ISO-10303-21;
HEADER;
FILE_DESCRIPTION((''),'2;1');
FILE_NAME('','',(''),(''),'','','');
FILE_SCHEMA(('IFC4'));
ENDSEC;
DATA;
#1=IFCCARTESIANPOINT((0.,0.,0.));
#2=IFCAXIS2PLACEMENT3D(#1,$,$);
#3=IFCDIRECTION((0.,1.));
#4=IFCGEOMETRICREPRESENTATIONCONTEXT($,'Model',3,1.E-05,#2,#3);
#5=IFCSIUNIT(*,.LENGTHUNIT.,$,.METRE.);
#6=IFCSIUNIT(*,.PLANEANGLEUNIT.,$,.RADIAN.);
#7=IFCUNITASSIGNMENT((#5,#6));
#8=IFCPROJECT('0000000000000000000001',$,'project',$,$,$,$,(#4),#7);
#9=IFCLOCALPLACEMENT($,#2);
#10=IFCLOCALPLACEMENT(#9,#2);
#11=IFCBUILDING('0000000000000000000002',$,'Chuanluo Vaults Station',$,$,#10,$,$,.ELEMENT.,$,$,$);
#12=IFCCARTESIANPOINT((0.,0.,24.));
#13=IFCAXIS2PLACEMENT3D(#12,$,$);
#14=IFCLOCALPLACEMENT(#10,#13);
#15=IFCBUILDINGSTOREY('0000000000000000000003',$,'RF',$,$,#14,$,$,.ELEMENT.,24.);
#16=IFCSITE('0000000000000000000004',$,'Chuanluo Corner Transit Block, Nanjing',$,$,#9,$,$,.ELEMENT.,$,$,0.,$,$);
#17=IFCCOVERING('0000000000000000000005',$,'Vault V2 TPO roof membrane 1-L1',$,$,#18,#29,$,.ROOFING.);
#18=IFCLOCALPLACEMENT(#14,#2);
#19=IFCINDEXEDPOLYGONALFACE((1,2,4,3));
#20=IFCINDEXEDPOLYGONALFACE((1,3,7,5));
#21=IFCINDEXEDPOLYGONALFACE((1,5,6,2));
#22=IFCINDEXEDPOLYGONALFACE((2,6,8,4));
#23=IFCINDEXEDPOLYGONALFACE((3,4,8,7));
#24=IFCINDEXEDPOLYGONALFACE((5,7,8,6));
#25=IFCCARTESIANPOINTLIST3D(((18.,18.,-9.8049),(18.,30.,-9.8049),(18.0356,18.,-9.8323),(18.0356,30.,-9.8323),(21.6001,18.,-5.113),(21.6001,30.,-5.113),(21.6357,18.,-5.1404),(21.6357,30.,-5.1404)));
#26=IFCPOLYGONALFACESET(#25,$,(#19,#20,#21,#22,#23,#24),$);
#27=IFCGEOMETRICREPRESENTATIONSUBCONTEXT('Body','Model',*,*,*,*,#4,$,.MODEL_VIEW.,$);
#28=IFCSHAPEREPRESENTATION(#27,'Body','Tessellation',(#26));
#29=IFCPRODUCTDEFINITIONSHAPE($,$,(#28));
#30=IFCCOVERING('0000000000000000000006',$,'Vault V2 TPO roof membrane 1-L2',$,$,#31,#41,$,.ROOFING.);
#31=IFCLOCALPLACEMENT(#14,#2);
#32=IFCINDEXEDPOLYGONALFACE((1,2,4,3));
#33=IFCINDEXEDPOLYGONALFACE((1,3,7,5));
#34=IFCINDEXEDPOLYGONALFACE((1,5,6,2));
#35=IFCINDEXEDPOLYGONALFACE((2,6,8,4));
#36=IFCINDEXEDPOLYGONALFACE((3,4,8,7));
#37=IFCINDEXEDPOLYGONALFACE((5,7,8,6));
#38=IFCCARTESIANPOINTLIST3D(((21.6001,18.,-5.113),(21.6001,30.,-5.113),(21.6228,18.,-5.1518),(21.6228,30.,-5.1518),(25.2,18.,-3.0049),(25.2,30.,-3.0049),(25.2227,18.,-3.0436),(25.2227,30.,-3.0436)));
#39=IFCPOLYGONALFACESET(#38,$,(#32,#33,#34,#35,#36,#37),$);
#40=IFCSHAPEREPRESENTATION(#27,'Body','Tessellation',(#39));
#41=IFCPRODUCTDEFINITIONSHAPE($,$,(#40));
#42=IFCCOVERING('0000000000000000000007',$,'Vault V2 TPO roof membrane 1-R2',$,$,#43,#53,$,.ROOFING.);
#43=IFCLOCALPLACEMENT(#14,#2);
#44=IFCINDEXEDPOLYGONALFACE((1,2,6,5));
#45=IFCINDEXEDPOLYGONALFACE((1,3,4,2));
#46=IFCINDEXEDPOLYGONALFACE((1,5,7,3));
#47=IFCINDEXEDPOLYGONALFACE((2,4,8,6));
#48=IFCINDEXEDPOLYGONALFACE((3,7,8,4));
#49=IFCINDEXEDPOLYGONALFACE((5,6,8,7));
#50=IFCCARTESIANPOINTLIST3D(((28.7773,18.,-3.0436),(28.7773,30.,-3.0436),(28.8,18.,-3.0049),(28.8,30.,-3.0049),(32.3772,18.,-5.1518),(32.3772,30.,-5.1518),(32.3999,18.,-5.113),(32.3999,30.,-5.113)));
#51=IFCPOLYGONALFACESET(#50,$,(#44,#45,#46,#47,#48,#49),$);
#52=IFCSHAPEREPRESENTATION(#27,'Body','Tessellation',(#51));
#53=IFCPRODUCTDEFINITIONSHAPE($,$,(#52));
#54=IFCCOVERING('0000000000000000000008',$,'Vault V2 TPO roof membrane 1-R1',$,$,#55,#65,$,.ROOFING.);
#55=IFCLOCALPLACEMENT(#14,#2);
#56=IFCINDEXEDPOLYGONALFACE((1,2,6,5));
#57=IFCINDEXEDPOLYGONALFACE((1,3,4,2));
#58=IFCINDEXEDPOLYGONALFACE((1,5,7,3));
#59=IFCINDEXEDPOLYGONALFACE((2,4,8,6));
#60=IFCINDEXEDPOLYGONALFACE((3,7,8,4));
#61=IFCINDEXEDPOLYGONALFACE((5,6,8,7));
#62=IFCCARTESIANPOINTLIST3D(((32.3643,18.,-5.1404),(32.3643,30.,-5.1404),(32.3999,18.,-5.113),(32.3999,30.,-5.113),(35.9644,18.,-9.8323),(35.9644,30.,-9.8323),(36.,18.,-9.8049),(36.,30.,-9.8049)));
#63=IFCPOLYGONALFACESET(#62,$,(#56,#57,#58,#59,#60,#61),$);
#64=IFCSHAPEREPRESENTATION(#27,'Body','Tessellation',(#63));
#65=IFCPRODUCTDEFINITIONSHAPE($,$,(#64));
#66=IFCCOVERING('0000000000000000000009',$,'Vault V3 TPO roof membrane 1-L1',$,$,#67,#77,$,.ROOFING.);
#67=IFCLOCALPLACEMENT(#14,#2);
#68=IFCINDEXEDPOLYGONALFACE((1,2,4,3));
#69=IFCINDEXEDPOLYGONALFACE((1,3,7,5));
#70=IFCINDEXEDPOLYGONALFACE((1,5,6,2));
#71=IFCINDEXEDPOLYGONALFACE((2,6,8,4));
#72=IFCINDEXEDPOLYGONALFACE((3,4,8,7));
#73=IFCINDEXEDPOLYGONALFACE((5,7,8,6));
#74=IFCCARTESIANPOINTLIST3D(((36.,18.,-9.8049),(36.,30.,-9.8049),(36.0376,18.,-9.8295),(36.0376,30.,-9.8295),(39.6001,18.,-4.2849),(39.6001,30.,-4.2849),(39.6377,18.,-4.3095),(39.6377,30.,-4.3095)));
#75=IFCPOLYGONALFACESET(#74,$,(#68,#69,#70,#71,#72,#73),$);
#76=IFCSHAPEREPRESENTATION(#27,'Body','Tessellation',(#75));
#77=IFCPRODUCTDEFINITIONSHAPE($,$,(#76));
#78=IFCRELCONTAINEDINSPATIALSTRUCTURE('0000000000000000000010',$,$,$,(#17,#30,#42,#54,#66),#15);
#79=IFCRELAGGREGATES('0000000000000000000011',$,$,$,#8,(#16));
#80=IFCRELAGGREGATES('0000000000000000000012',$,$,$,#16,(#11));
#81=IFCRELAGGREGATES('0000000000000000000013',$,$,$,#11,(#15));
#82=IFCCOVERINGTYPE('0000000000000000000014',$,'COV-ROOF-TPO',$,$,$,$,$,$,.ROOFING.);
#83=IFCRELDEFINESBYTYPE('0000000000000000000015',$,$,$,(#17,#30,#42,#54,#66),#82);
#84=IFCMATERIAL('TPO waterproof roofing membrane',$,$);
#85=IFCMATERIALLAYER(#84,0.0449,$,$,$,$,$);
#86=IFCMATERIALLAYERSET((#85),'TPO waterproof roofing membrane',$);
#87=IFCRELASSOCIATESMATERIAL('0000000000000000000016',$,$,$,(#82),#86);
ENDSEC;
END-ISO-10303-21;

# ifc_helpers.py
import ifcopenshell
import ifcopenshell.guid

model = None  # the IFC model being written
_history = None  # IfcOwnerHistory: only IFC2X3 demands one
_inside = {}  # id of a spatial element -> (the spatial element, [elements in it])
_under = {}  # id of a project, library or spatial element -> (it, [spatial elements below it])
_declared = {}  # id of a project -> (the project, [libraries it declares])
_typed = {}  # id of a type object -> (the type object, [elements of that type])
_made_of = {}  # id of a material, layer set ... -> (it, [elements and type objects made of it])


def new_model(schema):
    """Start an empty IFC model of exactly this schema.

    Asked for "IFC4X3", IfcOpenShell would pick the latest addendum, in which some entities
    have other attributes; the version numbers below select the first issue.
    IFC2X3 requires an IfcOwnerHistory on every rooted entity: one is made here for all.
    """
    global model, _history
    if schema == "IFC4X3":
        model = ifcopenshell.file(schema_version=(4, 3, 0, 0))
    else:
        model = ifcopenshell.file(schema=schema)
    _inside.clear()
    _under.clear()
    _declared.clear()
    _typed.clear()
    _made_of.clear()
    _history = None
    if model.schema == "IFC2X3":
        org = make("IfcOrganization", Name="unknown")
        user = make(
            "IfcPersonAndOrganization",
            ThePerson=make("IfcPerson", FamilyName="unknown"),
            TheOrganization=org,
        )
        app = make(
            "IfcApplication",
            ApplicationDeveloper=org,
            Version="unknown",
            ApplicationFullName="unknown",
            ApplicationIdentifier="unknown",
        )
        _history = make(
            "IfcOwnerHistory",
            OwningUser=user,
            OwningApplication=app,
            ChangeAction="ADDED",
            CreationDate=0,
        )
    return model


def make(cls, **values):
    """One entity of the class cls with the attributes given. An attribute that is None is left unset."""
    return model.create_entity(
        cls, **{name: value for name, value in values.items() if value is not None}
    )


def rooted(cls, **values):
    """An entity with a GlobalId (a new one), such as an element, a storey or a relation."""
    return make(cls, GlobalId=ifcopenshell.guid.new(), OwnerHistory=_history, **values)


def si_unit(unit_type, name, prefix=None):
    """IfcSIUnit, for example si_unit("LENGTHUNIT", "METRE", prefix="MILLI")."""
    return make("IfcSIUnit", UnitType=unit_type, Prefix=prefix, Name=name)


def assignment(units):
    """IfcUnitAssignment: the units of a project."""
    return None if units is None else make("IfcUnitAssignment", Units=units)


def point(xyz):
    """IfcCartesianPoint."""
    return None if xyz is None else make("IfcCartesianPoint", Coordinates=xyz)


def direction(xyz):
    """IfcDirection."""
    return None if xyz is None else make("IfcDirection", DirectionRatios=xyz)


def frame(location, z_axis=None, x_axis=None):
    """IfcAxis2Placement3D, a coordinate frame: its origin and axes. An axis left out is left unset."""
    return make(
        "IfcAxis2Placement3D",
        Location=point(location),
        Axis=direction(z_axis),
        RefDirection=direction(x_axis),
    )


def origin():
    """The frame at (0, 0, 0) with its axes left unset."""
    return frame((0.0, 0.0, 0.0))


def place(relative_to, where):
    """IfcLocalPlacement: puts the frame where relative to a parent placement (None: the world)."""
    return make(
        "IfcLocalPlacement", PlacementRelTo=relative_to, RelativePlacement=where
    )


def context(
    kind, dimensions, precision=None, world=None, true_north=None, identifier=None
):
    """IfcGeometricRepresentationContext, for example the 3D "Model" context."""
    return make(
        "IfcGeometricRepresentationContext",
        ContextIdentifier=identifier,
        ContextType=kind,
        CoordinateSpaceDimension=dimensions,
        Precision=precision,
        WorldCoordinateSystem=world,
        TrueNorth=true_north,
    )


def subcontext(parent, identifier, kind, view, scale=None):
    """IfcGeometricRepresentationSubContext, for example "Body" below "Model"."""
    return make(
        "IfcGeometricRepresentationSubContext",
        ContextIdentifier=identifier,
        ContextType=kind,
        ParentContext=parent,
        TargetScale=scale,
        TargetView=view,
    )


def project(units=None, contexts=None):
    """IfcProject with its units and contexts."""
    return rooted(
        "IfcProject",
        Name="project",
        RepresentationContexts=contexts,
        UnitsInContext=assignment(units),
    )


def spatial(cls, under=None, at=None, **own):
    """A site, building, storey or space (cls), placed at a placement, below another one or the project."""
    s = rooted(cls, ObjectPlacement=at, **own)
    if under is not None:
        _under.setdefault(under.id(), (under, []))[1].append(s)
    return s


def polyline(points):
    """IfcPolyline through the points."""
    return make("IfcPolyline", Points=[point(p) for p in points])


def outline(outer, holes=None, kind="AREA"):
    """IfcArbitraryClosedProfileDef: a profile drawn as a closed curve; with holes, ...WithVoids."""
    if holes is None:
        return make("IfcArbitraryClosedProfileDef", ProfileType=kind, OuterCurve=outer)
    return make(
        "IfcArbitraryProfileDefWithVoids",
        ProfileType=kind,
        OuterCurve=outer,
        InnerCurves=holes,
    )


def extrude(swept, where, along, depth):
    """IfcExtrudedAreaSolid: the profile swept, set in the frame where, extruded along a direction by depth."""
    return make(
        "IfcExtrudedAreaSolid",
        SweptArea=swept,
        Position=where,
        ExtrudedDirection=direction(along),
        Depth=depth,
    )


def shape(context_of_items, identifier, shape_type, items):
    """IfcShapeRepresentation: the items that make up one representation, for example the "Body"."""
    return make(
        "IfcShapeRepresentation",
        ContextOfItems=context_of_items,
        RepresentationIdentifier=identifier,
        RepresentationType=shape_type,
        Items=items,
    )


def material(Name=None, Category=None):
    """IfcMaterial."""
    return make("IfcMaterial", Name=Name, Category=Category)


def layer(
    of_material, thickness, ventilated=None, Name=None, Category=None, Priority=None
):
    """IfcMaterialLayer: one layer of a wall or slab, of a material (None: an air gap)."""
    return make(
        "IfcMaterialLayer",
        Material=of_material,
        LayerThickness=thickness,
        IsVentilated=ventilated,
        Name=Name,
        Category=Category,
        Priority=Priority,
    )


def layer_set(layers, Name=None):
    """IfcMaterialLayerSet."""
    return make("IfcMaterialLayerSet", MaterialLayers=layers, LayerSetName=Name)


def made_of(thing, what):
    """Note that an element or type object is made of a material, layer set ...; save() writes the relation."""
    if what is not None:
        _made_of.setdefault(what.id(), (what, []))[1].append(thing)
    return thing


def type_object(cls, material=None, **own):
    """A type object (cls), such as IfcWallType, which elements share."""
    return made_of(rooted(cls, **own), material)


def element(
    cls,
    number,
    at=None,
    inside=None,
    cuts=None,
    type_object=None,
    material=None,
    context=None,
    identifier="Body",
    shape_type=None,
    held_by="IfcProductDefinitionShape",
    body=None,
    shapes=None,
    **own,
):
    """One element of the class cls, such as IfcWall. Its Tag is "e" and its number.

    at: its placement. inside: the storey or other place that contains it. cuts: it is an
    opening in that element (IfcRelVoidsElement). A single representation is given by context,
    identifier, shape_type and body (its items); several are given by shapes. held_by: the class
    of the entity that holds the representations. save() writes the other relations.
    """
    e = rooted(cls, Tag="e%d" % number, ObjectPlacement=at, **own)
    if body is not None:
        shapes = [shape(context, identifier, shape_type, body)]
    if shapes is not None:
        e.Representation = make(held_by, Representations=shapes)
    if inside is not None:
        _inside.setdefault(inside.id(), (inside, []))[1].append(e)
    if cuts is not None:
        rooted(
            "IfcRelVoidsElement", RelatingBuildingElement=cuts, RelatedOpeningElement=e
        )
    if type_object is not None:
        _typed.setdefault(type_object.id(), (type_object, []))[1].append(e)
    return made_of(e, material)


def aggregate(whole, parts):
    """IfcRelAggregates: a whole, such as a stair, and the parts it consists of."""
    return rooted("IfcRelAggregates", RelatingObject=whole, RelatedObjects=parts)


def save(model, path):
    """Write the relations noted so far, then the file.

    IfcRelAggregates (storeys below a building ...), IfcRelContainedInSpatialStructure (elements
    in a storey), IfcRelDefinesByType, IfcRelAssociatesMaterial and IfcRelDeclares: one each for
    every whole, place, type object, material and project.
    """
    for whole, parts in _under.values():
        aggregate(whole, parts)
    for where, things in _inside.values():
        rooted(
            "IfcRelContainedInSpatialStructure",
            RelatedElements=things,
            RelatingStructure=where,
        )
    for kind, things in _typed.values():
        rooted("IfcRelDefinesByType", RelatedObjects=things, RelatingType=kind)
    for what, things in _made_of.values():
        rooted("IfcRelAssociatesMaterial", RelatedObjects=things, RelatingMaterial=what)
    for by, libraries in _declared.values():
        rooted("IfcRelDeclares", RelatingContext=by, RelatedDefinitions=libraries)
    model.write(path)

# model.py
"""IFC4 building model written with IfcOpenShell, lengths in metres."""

from ifc_helpers import new_model, si_unit, direction, frame, origin, place, context, subcontext, project, spatial, polyline, outline, extrude, material, layer, layer_set, type_object, element, save


model = new_model("IFC4")

# Units and contexts
model_context = context("Model", 3, precision=1e-05, world=origin(), true_north=direction((0.0, 1.0)))
body_context = subcontext(model_context, "Body", "Model", "MODEL_VIEW")
ifc_project = project(units=[si_unit("LENGTHUNIT", "METRE"), si_unit("PLANEANGLEUNIT", "RADIAN")], contexts=[model_context])

# Site, building, storey
site_placement = place(None, origin())
site = spatial("IfcSite", under=ifc_project, at=site_placement, Name="Chuanluo Corner Transit Block, Nanjing", CompositionType="ELEMENT", RefElevation=0.0)
building_placement = place(site_placement, origin())
building = spatial("IfcBuilding", under=site, at=building_placement, Name="Chuanluo Vaults Station", CompositionType="ELEMENT")
storey_placement = place(building_placement, frame((0.0, 0.0, 24.0)))
storey = spatial("IfcBuildingStorey", under=building, at=storey_placement, Name="RF", CompositionType="ELEMENT", Elevation=24.0)

# Coverings
ifc_material_1 = material(Name="TPO waterproof roofing membrane")
ifc_layer_1 = layer(ifc_material_1, 0.0449)
ifc_layer_set_1 = layer_set([ifc_layer_1], Name="TPO waterproof roofing membrane")
covering_type_1 = type_object("IfcCoveringType", Name="COV-ROOF-TPO", PredefinedType="ROOFING", material=ifc_layer_set_1)
covering_1_placement = place(storey_placement, frame((18.0, 18.0, -9.8049), z_axis=(-0.793363, 0.0, 0.608749), x_axis=(0.608749, 0.0, 0.793363)))
element("IfcCovering", 1, at=covering_1_placement, inside=storey, type_object=covering_type_1, Name="Vault V2 TPO roof membrane 1-L1", PredefinedType="ROOFING", context=body_context, shape_type="SweptSolid", body=[
    extrude(outline(polyline([(0.0, 0.0), (5.9139, 0.0), (5.9139, 12.0), (0.0, 12.0), (0.0, 0.0)])), origin(), (0.0, 0.0, -1.0), 0.0449),
])
for number, where, z_axis, x_axis, name in (
    (2, (21.6001, 18.0, -5.113), (-0.505344, 0.0, 0.862918), (0.862918, 0.0, 0.505344), "Vault V2 TPO roof membrane 1-L2"),
    (3, (28.8, 18.0, -3.0049), (0.505344, 0.0, 0.862918), (0.862918, 0.0, -0.505344), "Vault V2 TPO roof membrane 1-R2"),
):
    element("IfcCovering", number, at=place(storey_placement, frame(where, z_axis=z_axis, x_axis=x_axis)), inside=storey, type_object=covering_type_1, Name=name, PredefinedType="ROOFING", context=body_context, shape_type="SweptSolid", body=[
        extrude(outline(polyline([(0.0, 0.0), (4.1717, 0.0), (4.1717, 12.0), (0.0, 12.0), (0.0, 0.0)])), origin(), (0.0, 0.0, -1.0), 0.0449),
    ])
covering_2_placement = place(storey_placement, frame((32.3999, 18.0, -5.113), z_axis=(0.793363, 0.0, 0.608749), x_axis=(0.608749, 0.0, -0.793363)))
element("IfcCovering", 4, at=covering_2_placement, inside=storey, type_object=covering_type_1, Name="Vault V2 TPO roof membrane 1-R1", PredefinedType="ROOFING", context=body_context, shape_type="SweptSolid", body=[
    extrude(outline(polyline([(0.0, 0.0), (5.9139, 0.0), (5.9139, 12.0), (0.0, 12.0), (0.0, 0.0)])), origin(), (0.0, 0.0, -1.0), 0.0449),
])
covering_3_placement = place(storey_placement, frame((36.0, 18.0, -9.8049), z_axis=(-0.837605, 0.0, 0.546277), x_axis=(0.546277, 0.0, 0.837605)))
element("IfcCovering", 5, at=covering_3_placement, inside=storey, type_object=covering_type_1, Name="Vault V3 TPO roof membrane 1-L1", PredefinedType="ROOFING", context=body_context, shape_type="SweptSolid", body=[
    extrude(outline(polyline([(0.0, 0.0), (6.5902, 0.0), (6.5902, 12.0), (0.0, 12.0), (0.0, 0.0)])), origin(), (0.0, 0.0, -1.0), 0.0449),
])

save(model, "model.ifc")
